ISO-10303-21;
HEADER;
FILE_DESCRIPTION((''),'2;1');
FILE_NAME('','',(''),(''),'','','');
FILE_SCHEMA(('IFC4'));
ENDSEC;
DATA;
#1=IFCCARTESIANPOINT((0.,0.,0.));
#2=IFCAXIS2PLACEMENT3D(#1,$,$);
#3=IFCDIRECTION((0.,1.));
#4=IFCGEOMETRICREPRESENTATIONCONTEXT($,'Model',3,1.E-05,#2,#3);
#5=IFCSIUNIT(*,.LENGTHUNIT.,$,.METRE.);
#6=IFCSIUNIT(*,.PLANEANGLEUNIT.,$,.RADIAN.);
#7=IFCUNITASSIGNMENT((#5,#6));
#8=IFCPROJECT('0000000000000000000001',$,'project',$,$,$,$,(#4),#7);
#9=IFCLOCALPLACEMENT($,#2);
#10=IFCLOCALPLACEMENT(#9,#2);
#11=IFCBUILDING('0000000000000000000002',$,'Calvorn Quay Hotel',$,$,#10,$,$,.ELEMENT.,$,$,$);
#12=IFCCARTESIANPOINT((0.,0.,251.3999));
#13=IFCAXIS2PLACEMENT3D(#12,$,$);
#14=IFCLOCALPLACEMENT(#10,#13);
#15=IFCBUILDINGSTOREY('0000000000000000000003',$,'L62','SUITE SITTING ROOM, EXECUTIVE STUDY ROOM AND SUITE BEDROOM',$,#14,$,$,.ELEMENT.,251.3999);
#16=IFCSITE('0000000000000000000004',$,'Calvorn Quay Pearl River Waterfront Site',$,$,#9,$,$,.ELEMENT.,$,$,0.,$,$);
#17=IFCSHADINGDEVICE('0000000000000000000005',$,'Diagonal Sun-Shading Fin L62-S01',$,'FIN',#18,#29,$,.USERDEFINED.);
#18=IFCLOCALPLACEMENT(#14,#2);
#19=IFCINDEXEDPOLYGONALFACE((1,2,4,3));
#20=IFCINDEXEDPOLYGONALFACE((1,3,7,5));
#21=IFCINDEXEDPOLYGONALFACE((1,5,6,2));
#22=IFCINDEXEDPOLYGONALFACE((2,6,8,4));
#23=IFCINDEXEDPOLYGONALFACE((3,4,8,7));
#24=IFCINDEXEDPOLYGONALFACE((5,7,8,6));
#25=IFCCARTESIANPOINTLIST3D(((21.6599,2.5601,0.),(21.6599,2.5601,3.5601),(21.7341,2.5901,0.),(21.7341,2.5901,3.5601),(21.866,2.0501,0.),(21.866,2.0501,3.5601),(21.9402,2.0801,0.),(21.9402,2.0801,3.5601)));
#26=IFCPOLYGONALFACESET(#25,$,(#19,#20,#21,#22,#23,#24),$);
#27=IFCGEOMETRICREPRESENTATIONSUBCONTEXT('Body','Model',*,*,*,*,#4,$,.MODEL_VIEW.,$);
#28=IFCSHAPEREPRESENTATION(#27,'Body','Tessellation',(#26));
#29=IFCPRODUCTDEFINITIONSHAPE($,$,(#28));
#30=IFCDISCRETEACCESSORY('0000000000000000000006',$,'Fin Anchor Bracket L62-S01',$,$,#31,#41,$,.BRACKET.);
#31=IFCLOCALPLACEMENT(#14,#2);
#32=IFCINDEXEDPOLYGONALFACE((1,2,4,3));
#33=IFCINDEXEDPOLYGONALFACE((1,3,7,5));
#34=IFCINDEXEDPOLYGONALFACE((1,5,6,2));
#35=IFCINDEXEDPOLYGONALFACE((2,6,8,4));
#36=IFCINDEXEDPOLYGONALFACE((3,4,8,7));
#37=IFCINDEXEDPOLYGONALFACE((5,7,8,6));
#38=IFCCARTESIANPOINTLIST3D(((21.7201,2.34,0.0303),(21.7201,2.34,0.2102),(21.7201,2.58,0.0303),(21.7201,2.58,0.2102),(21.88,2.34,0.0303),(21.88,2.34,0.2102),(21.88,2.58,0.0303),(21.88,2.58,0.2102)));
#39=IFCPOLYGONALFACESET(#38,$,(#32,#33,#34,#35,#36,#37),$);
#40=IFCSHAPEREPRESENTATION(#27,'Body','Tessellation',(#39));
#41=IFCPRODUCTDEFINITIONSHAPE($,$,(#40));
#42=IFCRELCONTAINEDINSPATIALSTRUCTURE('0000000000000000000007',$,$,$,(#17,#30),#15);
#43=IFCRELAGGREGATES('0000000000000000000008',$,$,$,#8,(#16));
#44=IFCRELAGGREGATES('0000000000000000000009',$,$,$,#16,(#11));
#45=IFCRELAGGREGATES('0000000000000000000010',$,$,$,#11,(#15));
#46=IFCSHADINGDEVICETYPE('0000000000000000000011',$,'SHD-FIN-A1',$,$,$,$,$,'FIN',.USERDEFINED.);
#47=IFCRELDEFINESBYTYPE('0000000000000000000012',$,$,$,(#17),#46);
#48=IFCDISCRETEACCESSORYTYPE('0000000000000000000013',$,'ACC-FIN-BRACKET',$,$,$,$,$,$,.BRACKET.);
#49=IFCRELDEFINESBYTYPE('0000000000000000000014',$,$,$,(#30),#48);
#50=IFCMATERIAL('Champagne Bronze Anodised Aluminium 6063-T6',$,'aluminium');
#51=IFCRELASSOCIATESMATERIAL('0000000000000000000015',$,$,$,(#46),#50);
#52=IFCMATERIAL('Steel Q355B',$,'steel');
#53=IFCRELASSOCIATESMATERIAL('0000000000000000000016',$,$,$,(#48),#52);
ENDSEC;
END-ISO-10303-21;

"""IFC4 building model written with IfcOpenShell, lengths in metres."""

from ifc_helpers import new_model, si_unit, direction, frame, origin, origin_2d, place, context, subcontext, project, spatial, rectangle, extrude, material, type_object, element, save


model = new_model("IFC4")

# Units and contexts
model_context = context("Model", 3, precision=1e-05, world=origin(), true_north=direction((0.0, 1.0)))
body_context = subcontext(model_context, "Body", "Model", "MODEL_VIEW")
ifc_project = project(units=[si_unit("LENGTHUNIT", "METRE"), si_unit("PLANEANGLEUNIT", "RADIAN")], contexts=[model_context])

# Site, building, storey
site_placement = place(None, origin())
site = spatial("IfcSite", under=ifc_project, at=site_placement, Name="Calvorn Quay Pearl River Waterfront Site", CompositionType="ELEMENT", RefElevation=0.0)
building_placement = place(site_placement, origin())
building = spatial("IfcBuilding", under=site, at=building_placement, Name="Calvorn Quay Hotel", CompositionType="ELEMENT")
storey_placement = place(building_placement, frame((0.0, 0.0, 251.3999)))
storey = spatial("IfcBuildingStorey", under=building, at=storey_placement, Name="L62", Description="SUITE SITTING ROOM, EXECUTIVE STUDY ROOM AND SUITE BEDROOM", CompositionType="ELEMENT", Elevation=251.3999)

# Shading device
ifc_material_1 = material(Name="Champagne Bronze Anodised Aluminium 6063-T6", Category="aluminium")
shading_device_type = type_object("IfcShadingDeviceType", Name="SHD-FIN-A1", ElementType="FIN", PredefinedType="USERDEFINED", material=ifc_material_1)
shading_device_placement = place(storey_placement, frame((21.8, 2.3201, 0.0), z_axis=(0.0, 0.0, 1.0), x_axis=(-0.374607, 0.927184, 0.0)))
element("IfcShadingDevice", 1, at=shading_device_placement, inside=storey, type_object=shading_device_type, Name="Diagonal Sun-Shading Fin L62-S01", ObjectType="FIN", PredefinedType="USERDEFINED", context=body_context, shape_type="SweptSolid", body=[
    extrude(rectangle(XDim=0.55, YDim=0.0801, at=origin_2d()), origin(), (0.0, 0.0, 1.0), 3.5601),
])

# Discrete accessory
ifc_material_2 = material(Name="Steel Q355B", Category="steel")
discrete_accessory_type = type_object("IfcDiscreteAccessoryType", Name="ACC-FIN-BRACKET", PredefinedType="BRACKET", material=ifc_material_2)
discrete_accessory_placement = place(storey_placement, frame((21.8, 2.46, 0.0303), z_axis=(0.0, 0.0, 1.0), x_axis=(0.0, 1.0, 0.0)))
element("IfcDiscreteAccessory", 2, at=discrete_accessory_placement, inside=storey, type_object=discrete_accessory_type, Name="Fin Anchor Bracket L62-S01", PredefinedType="BRACKET", context=body_context, shape_type="SweptSolid", body=[
    extrude(rectangle(XDim=0.24, YDim=0.1599, at=origin_2d()), origin(), (0.0, 0.0, 1.0), 0.1799),
])

save(model, "model.ifc")
